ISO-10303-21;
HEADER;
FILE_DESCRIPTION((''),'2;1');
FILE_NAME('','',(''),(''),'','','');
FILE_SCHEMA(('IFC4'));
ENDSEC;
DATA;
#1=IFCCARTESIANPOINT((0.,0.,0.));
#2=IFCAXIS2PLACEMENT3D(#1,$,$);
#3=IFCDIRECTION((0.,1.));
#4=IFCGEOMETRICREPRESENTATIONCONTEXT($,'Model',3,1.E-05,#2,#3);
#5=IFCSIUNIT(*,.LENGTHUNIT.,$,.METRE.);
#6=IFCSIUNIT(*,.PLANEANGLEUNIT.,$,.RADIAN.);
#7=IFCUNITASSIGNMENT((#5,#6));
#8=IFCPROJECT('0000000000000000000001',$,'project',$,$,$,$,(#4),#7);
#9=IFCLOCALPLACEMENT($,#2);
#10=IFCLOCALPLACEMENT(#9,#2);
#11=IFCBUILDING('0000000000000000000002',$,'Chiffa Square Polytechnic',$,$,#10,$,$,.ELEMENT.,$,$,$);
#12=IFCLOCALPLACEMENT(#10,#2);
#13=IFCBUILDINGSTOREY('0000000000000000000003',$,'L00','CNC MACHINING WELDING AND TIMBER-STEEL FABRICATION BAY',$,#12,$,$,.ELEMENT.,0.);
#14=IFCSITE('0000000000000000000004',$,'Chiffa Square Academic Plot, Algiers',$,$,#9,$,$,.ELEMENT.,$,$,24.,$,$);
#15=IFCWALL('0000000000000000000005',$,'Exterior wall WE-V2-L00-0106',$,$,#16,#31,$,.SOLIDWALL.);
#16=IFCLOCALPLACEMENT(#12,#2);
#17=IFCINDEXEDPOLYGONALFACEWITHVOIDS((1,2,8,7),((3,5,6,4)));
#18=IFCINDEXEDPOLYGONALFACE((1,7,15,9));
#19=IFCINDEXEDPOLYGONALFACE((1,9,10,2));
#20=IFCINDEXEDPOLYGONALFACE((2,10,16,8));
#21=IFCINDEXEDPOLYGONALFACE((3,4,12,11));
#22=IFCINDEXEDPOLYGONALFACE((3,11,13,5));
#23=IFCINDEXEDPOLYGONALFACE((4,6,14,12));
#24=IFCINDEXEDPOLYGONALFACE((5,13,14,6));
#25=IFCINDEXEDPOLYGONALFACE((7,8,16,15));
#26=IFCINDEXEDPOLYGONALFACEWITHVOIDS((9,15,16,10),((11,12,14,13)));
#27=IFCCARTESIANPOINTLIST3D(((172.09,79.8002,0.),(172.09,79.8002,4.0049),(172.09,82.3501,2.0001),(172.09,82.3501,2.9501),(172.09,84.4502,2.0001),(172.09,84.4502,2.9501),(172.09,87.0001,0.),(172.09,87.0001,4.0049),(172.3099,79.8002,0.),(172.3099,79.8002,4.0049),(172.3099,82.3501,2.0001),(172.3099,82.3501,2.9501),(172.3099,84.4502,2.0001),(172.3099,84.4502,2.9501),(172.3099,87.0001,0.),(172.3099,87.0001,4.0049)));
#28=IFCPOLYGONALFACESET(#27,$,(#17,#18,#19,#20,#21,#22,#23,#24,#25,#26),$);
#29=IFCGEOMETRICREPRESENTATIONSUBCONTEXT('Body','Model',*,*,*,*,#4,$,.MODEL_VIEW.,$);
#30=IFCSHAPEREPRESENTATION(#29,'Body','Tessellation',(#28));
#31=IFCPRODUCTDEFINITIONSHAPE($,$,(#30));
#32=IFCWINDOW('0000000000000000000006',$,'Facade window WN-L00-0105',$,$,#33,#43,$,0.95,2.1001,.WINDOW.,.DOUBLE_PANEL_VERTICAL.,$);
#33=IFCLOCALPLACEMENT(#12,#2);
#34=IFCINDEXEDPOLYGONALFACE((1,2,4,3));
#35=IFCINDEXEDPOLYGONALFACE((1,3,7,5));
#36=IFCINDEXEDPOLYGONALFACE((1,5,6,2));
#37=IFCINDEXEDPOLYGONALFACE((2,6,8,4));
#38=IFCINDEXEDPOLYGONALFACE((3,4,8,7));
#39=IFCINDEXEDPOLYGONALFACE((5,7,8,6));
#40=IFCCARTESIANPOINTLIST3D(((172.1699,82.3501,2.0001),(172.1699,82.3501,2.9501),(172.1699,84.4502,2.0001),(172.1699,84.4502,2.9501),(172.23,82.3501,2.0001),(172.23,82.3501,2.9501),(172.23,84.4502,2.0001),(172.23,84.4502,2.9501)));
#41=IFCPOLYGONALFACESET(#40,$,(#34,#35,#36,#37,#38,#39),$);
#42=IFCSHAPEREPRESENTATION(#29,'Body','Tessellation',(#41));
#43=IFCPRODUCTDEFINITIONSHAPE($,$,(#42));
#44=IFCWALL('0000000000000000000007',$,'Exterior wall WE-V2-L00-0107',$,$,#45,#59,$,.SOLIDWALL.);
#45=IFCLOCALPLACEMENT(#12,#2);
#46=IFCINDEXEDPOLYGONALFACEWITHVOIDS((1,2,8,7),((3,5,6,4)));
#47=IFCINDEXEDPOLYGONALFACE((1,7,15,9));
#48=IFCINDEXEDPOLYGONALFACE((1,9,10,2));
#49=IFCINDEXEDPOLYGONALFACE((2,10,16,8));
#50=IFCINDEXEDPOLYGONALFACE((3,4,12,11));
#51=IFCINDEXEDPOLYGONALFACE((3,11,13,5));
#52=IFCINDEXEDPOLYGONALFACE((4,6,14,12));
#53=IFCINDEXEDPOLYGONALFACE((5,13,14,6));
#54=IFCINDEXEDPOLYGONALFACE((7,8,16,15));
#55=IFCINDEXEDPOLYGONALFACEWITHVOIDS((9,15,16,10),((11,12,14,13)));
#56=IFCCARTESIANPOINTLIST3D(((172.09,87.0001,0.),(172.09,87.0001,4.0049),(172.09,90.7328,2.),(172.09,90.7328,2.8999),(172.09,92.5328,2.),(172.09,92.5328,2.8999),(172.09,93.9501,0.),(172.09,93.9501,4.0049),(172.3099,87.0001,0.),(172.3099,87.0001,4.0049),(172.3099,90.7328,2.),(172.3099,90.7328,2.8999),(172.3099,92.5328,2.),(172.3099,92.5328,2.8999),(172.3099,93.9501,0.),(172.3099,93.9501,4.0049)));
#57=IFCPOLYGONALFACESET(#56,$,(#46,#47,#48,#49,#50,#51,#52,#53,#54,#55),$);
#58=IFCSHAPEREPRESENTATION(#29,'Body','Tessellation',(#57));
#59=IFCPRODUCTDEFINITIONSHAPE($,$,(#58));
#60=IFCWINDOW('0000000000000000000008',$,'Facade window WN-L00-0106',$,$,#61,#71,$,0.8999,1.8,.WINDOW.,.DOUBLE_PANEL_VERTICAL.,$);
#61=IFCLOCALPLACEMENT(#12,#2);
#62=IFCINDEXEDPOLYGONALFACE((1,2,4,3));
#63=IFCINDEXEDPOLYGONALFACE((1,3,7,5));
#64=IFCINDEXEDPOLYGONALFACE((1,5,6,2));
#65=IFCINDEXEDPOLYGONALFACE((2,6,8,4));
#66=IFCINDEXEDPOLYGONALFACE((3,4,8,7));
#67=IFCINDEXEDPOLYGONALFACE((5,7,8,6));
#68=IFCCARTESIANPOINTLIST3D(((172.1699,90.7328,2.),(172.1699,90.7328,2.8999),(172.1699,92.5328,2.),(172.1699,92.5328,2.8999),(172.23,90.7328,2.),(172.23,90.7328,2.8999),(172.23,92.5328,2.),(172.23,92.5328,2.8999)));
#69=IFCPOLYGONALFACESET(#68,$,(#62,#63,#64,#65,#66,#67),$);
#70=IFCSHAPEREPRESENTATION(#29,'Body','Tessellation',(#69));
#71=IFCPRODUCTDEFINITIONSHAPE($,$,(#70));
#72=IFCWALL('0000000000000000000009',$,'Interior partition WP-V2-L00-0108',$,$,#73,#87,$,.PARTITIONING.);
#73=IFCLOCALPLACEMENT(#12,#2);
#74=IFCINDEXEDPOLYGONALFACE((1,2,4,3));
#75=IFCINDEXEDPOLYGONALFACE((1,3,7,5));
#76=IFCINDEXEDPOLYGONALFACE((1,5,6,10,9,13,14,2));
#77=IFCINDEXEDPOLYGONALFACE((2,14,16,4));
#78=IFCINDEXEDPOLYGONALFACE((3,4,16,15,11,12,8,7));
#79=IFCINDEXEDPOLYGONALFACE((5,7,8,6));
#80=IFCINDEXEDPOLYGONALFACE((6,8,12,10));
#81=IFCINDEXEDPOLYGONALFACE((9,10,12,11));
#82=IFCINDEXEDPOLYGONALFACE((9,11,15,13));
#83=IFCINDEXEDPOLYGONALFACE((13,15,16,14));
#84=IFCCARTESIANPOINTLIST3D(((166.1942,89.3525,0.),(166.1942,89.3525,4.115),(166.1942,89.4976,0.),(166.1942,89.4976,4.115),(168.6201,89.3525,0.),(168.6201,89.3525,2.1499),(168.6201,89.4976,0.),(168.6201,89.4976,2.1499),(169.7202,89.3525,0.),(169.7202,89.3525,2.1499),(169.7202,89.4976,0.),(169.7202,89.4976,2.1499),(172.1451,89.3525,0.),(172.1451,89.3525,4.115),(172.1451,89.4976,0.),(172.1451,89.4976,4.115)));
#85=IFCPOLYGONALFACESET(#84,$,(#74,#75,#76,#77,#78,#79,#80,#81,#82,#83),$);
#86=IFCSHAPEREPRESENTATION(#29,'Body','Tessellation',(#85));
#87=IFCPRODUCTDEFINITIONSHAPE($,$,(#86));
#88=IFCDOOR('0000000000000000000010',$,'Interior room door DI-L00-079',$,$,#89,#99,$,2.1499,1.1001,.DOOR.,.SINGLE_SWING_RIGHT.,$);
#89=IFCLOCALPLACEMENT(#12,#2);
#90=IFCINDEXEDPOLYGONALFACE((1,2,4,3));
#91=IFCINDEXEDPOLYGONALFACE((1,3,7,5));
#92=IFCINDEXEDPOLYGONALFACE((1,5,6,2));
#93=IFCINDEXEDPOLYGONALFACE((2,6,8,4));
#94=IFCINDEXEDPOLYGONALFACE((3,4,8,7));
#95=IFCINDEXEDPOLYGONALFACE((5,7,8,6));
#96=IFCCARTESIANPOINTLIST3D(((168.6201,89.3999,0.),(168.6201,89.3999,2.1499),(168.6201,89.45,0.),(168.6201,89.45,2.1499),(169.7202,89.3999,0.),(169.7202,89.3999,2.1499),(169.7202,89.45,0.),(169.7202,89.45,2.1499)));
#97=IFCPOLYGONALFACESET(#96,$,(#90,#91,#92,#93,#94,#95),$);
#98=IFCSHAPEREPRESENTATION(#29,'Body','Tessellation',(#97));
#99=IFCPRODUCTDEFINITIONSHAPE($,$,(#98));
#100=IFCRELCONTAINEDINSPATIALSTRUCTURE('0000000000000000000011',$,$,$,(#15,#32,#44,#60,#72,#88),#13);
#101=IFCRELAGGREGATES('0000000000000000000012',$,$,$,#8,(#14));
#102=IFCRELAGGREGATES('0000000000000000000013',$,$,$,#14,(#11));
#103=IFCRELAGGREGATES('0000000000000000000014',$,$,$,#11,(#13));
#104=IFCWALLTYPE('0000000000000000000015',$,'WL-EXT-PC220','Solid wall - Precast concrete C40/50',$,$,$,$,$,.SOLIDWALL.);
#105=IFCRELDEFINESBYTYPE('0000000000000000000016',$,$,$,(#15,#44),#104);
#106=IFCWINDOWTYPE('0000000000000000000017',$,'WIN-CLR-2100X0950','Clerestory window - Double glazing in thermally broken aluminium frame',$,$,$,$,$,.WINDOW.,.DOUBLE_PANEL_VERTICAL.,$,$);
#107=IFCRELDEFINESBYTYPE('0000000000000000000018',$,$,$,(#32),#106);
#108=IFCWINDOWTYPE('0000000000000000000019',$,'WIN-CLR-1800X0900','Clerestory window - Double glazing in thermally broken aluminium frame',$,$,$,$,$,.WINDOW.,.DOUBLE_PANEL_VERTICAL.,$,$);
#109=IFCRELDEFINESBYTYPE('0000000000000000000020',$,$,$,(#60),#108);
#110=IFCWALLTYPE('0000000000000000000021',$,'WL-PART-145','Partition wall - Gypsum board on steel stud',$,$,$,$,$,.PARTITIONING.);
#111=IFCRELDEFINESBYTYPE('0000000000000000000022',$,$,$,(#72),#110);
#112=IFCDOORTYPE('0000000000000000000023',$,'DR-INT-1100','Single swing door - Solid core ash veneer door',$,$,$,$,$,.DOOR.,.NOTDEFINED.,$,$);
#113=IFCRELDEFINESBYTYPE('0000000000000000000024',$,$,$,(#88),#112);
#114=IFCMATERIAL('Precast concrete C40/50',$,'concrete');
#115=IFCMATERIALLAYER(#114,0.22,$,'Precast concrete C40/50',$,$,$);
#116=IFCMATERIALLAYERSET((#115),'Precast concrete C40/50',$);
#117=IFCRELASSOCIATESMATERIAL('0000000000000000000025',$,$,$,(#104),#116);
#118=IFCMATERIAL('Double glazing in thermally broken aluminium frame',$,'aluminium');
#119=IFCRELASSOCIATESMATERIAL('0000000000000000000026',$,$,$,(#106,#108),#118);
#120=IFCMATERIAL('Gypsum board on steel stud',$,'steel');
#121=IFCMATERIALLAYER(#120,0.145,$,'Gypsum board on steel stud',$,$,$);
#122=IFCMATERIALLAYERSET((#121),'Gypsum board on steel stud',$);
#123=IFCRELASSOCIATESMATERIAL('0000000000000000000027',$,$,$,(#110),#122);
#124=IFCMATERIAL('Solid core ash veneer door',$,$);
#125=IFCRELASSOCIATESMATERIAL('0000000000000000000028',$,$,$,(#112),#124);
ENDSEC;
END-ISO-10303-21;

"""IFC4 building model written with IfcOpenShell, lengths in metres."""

from ifc_helpers import new_model, si_unit, direction, frame, frame_2d, origin, place, context, subcontext, project, spatial, rectangle, extrude, material, layer, layer_set, type_object, element, fill, save


model = new_model("IFC4")

# Units and contexts
model_context = context("Model", 3, precision=1e-05, world=origin(), true_north=direction((0.0, 1.0)))
body_context = subcontext(model_context, "Body", "Model", "MODEL_VIEW")
ifc_project = project(units=[si_unit("LENGTHUNIT", "METRE"), si_unit("PLANEANGLEUNIT", "RADIAN")], contexts=[model_context])

# Site, building, storey
site_placement = place(None, origin())
site = spatial("IfcSite", under=ifc_project, at=site_placement, Name="Chiffa Square Academic Plot, Algiers", CompositionType="ELEMENT", RefElevation=24.0)
building_placement = place(site_placement, origin())
building = spatial("IfcBuilding", under=site, at=building_placement, Name="Chiffa Square Polytechnic", CompositionType="ELEMENT")
storey_placement = place(building_placement, origin())
storey = spatial("IfcBuildingStorey", under=building, at=storey_placement, Name="L00", Description="CNC MACHINING WELDING AND TIMBER-STEEL FABRICATION BAY", CompositionType="ELEMENT", Elevation=0.0)

# Walls, openings, windows
ifc_material_1 = material(Name="Precast concrete C40/50", Category="concrete")
ifc_layer_1 = layer(ifc_material_1, 0.22, Name="Precast concrete C40/50")
ifc_layer_set_1 = layer_set([ifc_layer_1], Name="Precast concrete C40/50")
wall_type_1 = type_object("IfcWallType", Name="WL-EXT-PC220", Description="Solid wall - Precast concrete C40/50", PredefinedType="SOLIDWALL", material=ifc_layer_set_1)
wall_1_placement = place(storey_placement, frame((172.2, 79.8, 0.0), z_axis=(0.0, 0.0, 1.0), x_axis=(0.0, 1.0, 0.0)))
wall_1 = element("IfcWall", 1, at=wall_1_placement, inside=storey, type_object=wall_type_1, Name="Exterior wall WE-V2-L00-0106", PredefinedType="SOLIDWALL", context=body_context, shape_type="SweptSolid", body=[
    extrude(rectangle(XDim=7.2, YDim=0.22, at=frame_2d((3.6001, 0.0))), origin(), (0.0, 0.0, 1.0), 4.0049),
])
opening_1_placement = place(wall_1_placement, frame((2.55, 0.0, 2.0)))
opening_1 = element("IfcOpeningElement", 2, at=opening_1_placement, cuts=wall_1, PredefinedType="OPENING", context=body_context, shape_type="SweptSolid", body=[
    extrude(rectangle(XDim=2.1001, YDim=0.95, at=frame_2d((1.05, 0.4751))), frame((0.0, 0.1201, 0.0), z_axis=(0.0, -1.0, 0.0), x_axis=(1.0, 0.0, 0.0)), (0.0, 0.0, 1.0), 0.24),
])
ifc_material_2 = material(Name="Double glazing in thermally broken aluminium frame", Category="aluminium")
window_type_1 = type_object("IfcWindowType", Name="WIN-CLR-2100X0950", Description="Clerestory window - Double glazing in thermally broken aluminium frame", PartitioningType="DOUBLE_PANEL_VERTICAL", PredefinedType="WINDOW", material=ifc_material_2)
window_1_placement = place(opening_1_placement, origin())
window_1 = element("IfcWindow", 3, at=window_1_placement, inside=storey, type_object=window_type_1, Name="Facade window WN-L00-0105", OverallHeight=0.95, OverallWidth=2.1001, PartitioningType="DOUBLE_PANEL_VERTICAL", PredefinedType="WINDOW", context=body_context, shape_type="SweptSolid", body=[
    extrude(rectangle(XDim=2.1001, YDim=0.95, at=frame_2d((1.05, 0.4751))), frame((0.0, 0.03, 0.0), z_axis=(0.0, -1.0, 0.0), x_axis=(1.0, 0.0, 0.0)), (0.0, 0.0, 1.0), 0.0601),
])
fill(opening_1, window_1)
wall_2_placement = place(storey_placement, frame((172.2, 87.0, 0.0), z_axis=(0.0, 0.0, 1.0), x_axis=(0.0, 1.0, 0.0)))
wall_2 = element("IfcWall", 4, at=wall_2_placement, inside=storey, type_object=wall_type_1, Name="Exterior wall WE-V2-L00-0107", PredefinedType="SOLIDWALL", context=body_context, shape_type="SweptSolid", body=[
    extrude(rectangle(XDim=6.95, YDim=0.22, at=frame_2d((3.4751, 0.0))), origin(), (0.0, 0.0, 1.0), 4.0049),
])
opening_2_placement = place(wall_2_placement, frame((3.7329, 0.0, 2.0)))
opening_2 = element("IfcOpeningElement", 5, at=opening_2_placement, cuts=wall_2, PredefinedType="OPENING", context=body_context, shape_type="SweptSolid", body=[
    extrude(rectangle(XDim=1.8, YDim=0.8999, at=frame_2d((0.8999, 0.45))), frame((0.0, 0.1201, 0.0), z_axis=(0.0, -1.0, 0.0), x_axis=(1.0, 0.0, 0.0)), (0.0, 0.0, 1.0), 0.24),
])
window_type_2 = type_object("IfcWindowType", Name="WIN-CLR-1800X0900", Description="Clerestory window - Double glazing in thermally broken aluminium frame", PartitioningType="DOUBLE_PANEL_VERTICAL", PredefinedType="WINDOW", material=ifc_material_2)
window_2_placement = place(opening_2_placement, origin())
window_2 = element("IfcWindow", 6, at=window_2_placement, inside=storey, type_object=window_type_2, Name="Facade window WN-L00-0106", OverallHeight=0.8999, OverallWidth=1.8, PartitioningType="DOUBLE_PANEL_VERTICAL", PredefinedType="WINDOW", context=body_context, shape_type="SweptSolid", body=[
    extrude(rectangle(XDim=1.8, YDim=0.8999, at=frame_2d((0.8999, 0.45))), frame((0.0, 0.03, 0.0), z_axis=(0.0, -1.0, 0.0), x_axis=(1.0, 0.0, 0.0)), (0.0, 0.0, 1.0), 0.0601),
])
fill(opening_2, window_2)

# Wall, opening, door
ifc_material_3 = material(Name="Gypsum board on steel stud", Category="steel")
ifc_layer_2 = layer(ifc_material_3, 0.145, Name="Gypsum board on steel stud")
ifc_layer_set_2 = layer_set([ifc_layer_2], Name="Gypsum board on steel stud")
wall_type_2 = type_object("IfcWallType", Name="WL-PART-145", Description="Partition wall - Gypsum board on steel stud", PredefinedType="PARTITIONING", material=ifc_layer_set_2)
wall_3_placement = place(storey_placement, frame((166.1941, 89.425, 0.0), z_axis=(0.0, 0.0, 1.0), x_axis=(1.0, 0.0, 0.0)))
wall_3 = element("IfcWall", 7, at=wall_3_placement, inside=storey, type_object=wall_type_2, Name="Interior partition WP-V2-L00-0108", PredefinedType="PARTITIONING", context=body_context, shape_type="SweptSolid", body=[
    extrude(rectangle(XDim=5.9509, YDim=0.145, at=frame_2d((2.9756, 0.0))), origin(), (0.0, 0.0, 1.0), 4.115),
])
opening_3_placement = place(wall_3_placement, frame((2.426, 0.0, 0.0)))
opening_3 = element("IfcOpeningElement", 8, at=opening_3_placement, cuts=wall_3, PredefinedType="OPENING", context=body_context, shape_type="SweptSolid", body=[
    extrude(rectangle(XDim=1.1001, YDim=2.1499, at=frame_2d((0.55, 1.075))), frame((0.0, 0.0825, 0.0), z_axis=(0.0, -1.0, 0.0), x_axis=(1.0, 0.0, 0.0)), (0.0, 0.0, 1.0), 0.165),
])
ifc_material_4 = material(Name="Solid core ash veneer door")
door_type = type_object("IfcDoorType", Name="DR-INT-1100", Description="Single swing door - Solid core ash veneer door", OperationType="NOTDEFINED", PredefinedType="DOOR", material=ifc_material_4)
door_placement = place(opening_3_placement, origin())
door = element("IfcDoor", 9, at=door_placement, inside=storey, type_object=door_type, Name="Interior room door DI-L00-079", OperationType="SINGLE_SWING_RIGHT", OverallHeight=2.1499, OverallWidth=1.1001, PredefinedType="DOOR", context=body_context, shape_type="SweptSolid", body=[
    extrude(rectangle(XDim=1.1001, YDim=2.1499, at=frame_2d((0.55, 1.075))), frame((0.0, 0.0249, 0.0), z_axis=(0.0, -1.0, 0.0), x_axis=(1.0, 0.0, 0.0)), (0.0, 0.0, 1.0), 0.05),
])
fill(opening_3, door)

save(model, "model.ifc")
